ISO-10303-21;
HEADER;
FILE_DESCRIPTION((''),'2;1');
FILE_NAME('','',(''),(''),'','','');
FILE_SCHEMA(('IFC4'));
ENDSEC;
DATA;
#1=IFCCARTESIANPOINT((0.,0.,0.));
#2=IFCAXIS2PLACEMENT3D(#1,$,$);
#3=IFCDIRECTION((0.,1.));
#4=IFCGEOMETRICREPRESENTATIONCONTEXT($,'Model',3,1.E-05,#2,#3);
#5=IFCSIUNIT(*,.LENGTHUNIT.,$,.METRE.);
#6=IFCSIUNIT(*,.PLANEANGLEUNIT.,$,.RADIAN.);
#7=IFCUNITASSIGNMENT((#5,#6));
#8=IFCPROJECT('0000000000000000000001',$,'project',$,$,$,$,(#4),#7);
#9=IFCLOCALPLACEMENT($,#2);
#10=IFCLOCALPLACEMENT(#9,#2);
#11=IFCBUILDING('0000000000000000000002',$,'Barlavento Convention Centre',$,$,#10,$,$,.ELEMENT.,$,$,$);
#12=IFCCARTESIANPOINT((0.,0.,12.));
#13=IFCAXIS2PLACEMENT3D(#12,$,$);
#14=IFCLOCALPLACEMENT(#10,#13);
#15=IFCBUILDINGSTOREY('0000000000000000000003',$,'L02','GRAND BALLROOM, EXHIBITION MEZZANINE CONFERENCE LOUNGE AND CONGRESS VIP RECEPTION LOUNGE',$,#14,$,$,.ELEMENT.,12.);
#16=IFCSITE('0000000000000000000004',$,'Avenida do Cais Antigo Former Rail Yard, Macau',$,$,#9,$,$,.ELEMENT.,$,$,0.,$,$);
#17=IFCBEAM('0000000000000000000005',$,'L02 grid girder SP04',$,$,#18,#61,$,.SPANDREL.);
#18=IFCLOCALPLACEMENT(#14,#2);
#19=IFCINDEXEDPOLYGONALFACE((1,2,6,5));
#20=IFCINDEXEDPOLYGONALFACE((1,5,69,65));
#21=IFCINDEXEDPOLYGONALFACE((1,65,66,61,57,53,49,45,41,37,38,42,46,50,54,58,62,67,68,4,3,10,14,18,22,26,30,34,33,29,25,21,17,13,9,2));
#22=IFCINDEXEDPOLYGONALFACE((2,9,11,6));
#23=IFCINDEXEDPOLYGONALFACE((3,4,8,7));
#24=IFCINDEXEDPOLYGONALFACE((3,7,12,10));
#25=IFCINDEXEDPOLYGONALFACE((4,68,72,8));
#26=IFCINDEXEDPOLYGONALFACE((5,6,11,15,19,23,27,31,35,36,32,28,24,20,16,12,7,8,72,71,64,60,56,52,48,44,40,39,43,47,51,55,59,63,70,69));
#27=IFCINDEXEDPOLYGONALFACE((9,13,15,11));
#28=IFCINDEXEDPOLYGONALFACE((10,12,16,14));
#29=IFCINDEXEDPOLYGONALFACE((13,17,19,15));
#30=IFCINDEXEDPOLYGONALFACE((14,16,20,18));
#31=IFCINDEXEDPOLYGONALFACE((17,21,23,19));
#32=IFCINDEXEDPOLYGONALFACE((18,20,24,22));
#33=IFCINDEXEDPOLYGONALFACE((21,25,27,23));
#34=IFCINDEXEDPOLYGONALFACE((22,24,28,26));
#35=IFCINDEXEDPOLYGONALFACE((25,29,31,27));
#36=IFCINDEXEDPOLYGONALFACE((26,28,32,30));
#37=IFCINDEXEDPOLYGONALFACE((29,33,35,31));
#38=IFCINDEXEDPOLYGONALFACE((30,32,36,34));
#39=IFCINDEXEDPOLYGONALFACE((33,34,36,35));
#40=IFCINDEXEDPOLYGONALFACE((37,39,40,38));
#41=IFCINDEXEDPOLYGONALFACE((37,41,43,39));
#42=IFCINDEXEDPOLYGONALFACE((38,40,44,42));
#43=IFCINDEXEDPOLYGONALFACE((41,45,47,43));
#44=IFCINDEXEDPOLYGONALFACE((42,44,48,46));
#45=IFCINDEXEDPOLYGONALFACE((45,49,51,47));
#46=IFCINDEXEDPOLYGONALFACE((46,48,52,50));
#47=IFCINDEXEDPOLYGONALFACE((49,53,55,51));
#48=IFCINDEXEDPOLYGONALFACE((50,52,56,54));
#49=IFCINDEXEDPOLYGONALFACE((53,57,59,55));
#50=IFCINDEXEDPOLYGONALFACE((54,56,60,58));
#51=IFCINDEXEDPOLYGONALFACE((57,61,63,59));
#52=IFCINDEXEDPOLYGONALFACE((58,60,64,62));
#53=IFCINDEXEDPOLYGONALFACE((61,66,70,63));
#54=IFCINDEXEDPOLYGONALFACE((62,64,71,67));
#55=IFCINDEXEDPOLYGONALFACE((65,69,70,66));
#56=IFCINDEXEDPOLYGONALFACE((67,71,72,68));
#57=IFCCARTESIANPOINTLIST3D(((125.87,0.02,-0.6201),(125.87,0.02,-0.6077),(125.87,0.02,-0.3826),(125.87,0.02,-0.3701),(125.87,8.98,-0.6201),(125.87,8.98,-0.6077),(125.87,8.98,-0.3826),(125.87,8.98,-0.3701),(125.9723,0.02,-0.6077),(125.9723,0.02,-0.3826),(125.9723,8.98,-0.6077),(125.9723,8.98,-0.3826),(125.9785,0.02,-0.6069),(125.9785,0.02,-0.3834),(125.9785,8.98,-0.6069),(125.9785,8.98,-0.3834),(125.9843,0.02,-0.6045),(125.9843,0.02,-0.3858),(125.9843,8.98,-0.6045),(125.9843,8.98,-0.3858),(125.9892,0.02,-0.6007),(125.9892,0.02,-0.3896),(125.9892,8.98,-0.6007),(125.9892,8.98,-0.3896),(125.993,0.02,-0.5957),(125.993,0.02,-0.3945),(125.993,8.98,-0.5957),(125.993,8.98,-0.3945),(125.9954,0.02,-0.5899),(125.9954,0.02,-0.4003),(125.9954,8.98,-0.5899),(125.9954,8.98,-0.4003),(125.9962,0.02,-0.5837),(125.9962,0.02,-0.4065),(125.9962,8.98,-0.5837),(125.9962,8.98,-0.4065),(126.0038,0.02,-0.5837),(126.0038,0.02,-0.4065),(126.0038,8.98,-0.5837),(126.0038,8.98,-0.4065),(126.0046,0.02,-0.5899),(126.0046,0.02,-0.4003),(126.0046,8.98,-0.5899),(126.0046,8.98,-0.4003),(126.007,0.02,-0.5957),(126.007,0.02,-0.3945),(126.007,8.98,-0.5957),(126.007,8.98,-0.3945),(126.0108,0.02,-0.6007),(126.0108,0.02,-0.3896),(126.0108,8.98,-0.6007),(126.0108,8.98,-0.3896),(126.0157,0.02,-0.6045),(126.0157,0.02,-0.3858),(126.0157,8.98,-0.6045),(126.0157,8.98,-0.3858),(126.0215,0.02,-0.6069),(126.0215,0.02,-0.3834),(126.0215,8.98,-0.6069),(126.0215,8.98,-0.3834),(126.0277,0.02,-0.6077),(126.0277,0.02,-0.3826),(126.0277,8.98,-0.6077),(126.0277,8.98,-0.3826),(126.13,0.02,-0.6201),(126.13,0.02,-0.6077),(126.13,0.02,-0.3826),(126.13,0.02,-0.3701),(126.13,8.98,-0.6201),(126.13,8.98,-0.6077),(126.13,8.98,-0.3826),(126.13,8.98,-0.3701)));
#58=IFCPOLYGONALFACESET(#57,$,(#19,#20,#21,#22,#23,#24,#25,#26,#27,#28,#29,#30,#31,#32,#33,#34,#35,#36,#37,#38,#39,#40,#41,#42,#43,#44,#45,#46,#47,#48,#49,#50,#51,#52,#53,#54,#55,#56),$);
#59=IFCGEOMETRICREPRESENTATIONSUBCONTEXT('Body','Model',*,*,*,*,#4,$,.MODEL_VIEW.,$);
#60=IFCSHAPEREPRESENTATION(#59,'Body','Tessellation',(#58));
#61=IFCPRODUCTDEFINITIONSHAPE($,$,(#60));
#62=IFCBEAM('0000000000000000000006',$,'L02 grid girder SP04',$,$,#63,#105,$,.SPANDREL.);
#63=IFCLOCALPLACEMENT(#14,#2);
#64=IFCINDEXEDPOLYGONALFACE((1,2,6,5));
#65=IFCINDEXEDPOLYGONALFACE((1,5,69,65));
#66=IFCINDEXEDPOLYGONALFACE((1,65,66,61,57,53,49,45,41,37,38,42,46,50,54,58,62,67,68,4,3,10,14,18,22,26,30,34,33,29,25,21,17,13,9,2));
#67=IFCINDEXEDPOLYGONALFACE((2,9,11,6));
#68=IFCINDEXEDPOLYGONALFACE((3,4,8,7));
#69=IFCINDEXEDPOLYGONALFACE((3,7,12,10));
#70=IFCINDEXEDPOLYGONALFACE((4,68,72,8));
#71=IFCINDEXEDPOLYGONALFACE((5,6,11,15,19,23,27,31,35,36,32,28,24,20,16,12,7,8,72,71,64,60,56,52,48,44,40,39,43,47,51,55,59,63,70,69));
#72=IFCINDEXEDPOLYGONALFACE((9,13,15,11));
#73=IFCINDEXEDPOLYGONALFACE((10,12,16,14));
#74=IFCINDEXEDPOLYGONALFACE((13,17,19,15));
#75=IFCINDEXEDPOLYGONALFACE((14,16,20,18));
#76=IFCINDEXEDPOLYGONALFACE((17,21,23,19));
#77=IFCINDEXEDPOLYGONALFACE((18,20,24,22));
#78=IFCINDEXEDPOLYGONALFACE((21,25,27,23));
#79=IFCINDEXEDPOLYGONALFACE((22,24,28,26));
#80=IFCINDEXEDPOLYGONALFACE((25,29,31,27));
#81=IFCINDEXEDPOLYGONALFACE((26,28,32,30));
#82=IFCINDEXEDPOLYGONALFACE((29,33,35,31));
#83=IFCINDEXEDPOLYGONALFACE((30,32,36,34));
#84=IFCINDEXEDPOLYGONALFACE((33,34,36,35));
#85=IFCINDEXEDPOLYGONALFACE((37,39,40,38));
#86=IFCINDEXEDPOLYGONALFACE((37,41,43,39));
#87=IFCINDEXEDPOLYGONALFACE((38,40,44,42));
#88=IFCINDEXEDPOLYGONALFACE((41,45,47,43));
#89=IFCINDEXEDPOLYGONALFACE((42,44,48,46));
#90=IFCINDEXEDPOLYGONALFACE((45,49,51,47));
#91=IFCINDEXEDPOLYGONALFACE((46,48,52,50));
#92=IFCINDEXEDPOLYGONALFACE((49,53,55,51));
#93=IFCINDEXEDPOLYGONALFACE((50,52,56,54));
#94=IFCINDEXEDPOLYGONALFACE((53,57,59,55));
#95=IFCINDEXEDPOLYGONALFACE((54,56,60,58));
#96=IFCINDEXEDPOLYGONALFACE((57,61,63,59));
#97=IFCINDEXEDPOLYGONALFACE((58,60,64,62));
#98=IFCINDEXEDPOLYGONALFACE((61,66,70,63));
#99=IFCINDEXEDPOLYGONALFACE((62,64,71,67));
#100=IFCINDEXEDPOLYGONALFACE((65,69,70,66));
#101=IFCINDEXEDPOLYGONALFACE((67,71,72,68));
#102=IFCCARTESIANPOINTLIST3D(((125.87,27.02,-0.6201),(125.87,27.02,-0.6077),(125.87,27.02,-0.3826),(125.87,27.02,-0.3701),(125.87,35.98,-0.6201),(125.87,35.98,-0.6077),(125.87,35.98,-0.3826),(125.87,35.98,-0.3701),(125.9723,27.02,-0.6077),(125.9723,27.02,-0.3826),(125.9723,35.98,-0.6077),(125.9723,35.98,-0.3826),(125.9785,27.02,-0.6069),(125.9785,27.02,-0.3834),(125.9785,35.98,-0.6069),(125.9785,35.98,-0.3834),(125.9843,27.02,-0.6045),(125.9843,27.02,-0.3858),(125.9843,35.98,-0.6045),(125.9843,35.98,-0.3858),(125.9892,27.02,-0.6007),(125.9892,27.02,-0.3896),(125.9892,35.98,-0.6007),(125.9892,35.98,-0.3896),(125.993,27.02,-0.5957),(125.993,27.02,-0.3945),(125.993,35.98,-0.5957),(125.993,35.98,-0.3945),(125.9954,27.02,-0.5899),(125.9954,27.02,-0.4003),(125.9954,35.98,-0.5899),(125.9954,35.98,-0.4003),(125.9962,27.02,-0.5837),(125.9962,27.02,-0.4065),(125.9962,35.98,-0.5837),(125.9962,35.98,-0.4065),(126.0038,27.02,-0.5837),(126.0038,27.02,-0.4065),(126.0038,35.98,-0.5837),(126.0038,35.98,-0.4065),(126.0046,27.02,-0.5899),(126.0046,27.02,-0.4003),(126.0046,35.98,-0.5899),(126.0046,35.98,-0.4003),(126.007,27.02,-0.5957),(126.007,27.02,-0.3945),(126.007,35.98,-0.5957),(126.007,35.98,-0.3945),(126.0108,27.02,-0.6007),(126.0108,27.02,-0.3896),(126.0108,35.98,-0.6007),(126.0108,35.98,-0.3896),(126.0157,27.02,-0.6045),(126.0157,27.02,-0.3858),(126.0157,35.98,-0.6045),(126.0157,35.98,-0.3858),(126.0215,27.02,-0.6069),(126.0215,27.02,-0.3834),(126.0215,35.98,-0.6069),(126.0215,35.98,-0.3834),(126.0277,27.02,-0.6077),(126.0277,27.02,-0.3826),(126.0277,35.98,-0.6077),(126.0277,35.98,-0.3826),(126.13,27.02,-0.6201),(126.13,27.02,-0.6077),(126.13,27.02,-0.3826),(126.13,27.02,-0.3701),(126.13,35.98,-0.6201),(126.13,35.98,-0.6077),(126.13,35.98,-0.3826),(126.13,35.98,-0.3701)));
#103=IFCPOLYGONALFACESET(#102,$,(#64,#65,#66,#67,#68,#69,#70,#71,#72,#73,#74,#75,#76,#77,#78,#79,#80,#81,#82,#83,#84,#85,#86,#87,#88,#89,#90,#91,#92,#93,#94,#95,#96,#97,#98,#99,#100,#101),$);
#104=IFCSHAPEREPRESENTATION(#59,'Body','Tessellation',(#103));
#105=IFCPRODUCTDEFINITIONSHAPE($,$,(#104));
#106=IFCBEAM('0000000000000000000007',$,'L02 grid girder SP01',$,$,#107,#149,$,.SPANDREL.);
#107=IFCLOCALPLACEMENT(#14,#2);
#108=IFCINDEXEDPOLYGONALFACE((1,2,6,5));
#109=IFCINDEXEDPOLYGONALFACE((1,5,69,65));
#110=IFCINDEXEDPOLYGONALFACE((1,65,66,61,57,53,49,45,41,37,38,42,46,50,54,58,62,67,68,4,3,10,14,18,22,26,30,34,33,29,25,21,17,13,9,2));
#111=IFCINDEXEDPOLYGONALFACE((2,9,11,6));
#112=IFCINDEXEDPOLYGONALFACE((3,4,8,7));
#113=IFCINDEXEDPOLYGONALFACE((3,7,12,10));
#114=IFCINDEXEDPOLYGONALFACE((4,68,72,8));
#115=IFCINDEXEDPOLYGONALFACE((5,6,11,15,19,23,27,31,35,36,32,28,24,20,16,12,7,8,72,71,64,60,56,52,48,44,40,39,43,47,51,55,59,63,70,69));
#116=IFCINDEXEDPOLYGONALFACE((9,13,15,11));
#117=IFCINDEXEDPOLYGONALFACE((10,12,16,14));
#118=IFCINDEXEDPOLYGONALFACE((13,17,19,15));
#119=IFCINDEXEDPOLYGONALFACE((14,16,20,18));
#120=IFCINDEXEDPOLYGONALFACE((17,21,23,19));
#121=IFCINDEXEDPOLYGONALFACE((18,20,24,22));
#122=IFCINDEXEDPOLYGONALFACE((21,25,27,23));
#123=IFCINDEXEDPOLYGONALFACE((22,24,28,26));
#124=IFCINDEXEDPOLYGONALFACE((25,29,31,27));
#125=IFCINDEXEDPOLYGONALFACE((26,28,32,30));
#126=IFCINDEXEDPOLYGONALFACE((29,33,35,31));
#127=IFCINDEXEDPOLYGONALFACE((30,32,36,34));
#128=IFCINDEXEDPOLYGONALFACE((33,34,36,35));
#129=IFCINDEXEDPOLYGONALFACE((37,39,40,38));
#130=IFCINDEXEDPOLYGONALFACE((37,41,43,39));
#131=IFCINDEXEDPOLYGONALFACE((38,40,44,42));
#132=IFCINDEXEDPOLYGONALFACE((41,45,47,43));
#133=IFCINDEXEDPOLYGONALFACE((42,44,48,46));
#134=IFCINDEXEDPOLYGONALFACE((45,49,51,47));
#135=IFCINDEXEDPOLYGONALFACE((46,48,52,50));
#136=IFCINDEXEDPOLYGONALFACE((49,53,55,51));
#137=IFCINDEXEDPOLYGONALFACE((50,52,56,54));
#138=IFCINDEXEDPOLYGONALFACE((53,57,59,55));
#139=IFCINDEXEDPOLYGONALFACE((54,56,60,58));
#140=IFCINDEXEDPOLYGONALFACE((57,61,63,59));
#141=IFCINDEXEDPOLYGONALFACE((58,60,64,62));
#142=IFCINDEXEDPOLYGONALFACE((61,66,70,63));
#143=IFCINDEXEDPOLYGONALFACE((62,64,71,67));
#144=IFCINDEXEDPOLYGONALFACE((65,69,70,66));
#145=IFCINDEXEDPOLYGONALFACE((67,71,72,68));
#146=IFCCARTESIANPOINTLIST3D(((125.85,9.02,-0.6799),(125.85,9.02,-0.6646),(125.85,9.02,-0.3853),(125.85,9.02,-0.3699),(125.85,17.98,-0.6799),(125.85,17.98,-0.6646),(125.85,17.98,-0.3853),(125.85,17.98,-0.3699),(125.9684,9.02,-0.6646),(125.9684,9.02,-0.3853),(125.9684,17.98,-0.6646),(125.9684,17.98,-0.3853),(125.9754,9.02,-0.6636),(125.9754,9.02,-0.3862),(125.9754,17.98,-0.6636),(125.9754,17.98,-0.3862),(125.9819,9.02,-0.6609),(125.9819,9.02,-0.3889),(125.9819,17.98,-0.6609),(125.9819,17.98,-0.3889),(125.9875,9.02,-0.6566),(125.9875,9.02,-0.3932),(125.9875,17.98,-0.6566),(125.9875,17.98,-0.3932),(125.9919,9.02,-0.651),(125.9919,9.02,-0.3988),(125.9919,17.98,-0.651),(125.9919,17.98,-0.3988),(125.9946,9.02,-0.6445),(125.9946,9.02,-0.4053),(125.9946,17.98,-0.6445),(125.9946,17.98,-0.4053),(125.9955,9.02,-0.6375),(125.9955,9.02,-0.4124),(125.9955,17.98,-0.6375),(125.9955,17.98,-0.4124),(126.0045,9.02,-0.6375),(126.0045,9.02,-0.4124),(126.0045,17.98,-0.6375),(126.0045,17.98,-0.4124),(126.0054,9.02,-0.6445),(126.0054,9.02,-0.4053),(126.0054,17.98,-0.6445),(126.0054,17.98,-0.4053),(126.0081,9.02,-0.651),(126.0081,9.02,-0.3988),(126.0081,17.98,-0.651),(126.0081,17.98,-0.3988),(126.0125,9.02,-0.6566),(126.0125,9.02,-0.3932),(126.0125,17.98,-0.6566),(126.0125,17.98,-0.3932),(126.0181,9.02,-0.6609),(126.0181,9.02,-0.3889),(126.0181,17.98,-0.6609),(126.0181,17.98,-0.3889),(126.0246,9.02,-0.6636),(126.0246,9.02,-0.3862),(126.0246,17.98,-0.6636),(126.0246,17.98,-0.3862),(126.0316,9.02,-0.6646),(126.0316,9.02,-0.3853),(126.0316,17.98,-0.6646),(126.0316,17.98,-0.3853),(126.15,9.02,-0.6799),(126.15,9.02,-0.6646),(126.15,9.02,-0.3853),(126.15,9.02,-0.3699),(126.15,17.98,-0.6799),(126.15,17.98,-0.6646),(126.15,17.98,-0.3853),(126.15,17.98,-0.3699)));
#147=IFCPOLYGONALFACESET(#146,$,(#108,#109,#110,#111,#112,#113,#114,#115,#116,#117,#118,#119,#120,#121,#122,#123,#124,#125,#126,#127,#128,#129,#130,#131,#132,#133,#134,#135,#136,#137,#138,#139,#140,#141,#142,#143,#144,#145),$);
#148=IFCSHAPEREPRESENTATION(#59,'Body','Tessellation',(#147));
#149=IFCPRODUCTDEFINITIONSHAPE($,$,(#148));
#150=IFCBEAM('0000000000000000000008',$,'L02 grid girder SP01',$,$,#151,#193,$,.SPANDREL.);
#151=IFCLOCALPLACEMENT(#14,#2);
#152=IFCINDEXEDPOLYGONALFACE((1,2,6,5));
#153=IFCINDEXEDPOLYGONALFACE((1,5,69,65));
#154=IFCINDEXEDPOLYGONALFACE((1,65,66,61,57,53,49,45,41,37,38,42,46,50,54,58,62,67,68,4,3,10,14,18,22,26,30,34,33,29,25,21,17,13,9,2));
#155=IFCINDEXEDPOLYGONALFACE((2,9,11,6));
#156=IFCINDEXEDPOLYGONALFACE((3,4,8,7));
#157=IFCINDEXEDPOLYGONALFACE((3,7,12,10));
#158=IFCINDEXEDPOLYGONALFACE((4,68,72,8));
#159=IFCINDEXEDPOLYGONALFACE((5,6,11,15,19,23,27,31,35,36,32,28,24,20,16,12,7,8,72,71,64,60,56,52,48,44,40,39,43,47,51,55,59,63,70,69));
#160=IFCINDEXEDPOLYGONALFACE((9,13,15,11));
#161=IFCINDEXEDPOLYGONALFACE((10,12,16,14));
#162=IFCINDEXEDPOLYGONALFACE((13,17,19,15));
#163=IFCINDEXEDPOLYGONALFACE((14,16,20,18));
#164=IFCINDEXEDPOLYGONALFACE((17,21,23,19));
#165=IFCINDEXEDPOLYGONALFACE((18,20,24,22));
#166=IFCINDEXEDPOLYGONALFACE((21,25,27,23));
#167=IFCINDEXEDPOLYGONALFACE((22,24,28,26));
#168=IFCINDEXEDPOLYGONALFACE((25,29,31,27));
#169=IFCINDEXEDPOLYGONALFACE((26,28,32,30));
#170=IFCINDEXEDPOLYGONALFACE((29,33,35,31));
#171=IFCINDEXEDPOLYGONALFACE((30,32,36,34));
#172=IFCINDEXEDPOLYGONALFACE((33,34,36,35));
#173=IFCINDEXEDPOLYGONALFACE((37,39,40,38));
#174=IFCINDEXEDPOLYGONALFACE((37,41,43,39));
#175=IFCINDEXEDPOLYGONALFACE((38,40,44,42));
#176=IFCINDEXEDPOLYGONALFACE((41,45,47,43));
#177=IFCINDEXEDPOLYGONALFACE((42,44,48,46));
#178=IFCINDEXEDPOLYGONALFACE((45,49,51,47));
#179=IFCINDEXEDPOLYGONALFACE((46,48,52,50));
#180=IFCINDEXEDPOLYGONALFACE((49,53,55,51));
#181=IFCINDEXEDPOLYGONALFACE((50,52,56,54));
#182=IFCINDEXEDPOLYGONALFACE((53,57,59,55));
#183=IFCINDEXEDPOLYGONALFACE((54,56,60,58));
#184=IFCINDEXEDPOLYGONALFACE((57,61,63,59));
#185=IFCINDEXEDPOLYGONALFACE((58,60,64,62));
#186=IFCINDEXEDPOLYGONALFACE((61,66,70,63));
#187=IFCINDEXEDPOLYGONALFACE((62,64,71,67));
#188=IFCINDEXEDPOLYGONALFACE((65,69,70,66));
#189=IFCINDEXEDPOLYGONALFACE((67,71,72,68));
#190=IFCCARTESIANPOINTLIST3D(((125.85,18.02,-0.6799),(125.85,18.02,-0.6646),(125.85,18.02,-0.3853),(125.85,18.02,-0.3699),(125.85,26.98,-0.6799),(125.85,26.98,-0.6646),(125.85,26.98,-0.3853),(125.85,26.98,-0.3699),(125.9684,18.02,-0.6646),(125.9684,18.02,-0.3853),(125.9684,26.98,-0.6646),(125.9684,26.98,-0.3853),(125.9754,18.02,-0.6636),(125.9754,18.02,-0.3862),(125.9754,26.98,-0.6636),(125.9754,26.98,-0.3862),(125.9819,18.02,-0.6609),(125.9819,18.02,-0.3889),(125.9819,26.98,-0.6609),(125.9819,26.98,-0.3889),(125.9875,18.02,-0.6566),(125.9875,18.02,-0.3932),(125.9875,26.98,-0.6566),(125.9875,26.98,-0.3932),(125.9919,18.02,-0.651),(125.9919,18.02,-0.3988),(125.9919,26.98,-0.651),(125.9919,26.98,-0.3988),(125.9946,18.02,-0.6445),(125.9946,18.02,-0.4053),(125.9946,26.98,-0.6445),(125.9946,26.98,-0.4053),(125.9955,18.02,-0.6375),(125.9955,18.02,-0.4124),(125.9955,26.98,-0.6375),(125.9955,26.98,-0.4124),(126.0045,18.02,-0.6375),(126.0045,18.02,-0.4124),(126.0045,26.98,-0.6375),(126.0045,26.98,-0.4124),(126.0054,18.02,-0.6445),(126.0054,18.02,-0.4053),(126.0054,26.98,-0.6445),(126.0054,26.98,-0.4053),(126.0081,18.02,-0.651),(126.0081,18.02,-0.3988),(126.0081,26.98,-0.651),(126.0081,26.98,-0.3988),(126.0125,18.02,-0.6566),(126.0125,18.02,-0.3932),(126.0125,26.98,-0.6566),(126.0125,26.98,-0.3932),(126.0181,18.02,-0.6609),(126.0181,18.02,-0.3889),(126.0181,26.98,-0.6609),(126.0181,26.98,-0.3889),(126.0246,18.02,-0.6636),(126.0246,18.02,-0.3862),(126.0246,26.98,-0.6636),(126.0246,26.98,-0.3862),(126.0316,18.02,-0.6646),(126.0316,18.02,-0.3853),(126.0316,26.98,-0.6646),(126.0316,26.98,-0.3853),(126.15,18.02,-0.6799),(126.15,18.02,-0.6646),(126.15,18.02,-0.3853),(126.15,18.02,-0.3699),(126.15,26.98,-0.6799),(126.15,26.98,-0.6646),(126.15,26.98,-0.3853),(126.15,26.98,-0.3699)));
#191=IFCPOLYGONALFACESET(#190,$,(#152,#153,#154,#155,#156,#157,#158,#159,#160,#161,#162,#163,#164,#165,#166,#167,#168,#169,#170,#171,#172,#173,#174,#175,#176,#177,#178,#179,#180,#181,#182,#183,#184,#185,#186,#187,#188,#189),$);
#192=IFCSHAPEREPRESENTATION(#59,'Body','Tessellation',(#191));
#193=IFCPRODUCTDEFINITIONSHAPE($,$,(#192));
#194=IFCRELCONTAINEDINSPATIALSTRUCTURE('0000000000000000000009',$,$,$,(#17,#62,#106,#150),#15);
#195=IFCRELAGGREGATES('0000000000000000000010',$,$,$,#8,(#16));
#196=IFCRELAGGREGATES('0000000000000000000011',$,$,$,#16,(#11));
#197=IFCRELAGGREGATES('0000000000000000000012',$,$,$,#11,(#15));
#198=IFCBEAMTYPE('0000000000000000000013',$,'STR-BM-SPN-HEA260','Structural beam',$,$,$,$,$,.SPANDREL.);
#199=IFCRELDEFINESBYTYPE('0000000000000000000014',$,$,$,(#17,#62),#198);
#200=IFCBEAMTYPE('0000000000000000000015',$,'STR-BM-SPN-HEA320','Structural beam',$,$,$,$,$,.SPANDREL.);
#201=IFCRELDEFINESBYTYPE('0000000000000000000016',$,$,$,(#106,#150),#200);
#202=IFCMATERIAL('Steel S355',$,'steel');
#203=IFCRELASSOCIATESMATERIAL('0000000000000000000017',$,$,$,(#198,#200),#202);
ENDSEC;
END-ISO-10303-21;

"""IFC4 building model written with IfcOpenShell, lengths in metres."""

from ifc_helpers import new_model, si_unit, direction, frame, origin, origin_2d, place, context, subcontext, project, spatial, i_section, extrude, material, material_profile, profile_set, type_object, element, save


model = new_model("IFC4")

# Units and contexts
model_context = context("Model", 3, precision=1e-05, world=origin(), true_north=direction((0.0, 1.0)))
body_context = subcontext(model_context, "Body", "Model", "MODEL_VIEW")
ifc_project = project(units=[si_unit("LENGTHUNIT", "METRE"), si_unit("PLANEANGLEUNIT", "RADIAN")], contexts=[model_context])

# Site, building, storey
site_placement = place(None, origin())
site = spatial("IfcSite", under=ifc_project, at=site_placement, Name="Avenida do Cais Antigo Former Rail Yard, Macau", CompositionType="ELEMENT", RefElevation=0.0)
building_placement = place(site_placement, origin())
building = spatial("IfcBuilding", under=site, at=building_placement, Name="Barlavento Convention Centre", CompositionType="ELEMENT")
storey_placement = place(building_placement, frame((0.0, 0.0, 12.0)))
storey = spatial("IfcBuildingStorey", under=building, at=storey_placement, Name="L02", Description="GRAND BALLROOM, EXHIBITION MEZZANINE CONFERENCE LOUNGE AND CONGRESS VIP RECEPTION LOUNGE", CompositionType="ELEMENT", Elevation=12.0)

# Shared definitions
ifc_material_1 = material(Name="Steel S355", Category="steel")

# Beams
ifc_material_profile_1 = material_profile(ifc_material_1, i_section(OverallWidth=0.26, OverallDepth=0.25, WebThickness=0.0076, FlangeThickness=0.0125, FilletRadius=0.0239, at=origin_2d()), Name="HEA 260")
ifc_profile_set_1 = profile_set([ifc_material_profile_1], Name="Steel S355")
beam_type_1 = type_object("IfcBeamType", Name="STR-BM-SPN-HEA260", Description="Structural beam", PredefinedType="SPANDREL", material=ifc_profile_set_1)
for number, where, z_axis, x_axis, name in (
    (1, (126.0, 0.02, -0.4951), (0.0, 1.0, 0.0), (-1.0, 0.0, 0.0), "L02 grid girder SP04"),
    (2, (126.0, 27.02, -0.4951), (0.0, 1.0, 0.0), (-1.0, 0.0, 0.0), "L02 grid girder SP04"),
):
    element("IfcBeam", number, at=place(storey_placement, frame(where, z_axis=z_axis, x_axis=x_axis)), inside=storey, type_object=beam_type_1, Name=name, PredefinedType="SPANDREL", context=body_context, shape_type="SweptSolid", body=[
        extrude(i_section(OverallWidth=0.26, OverallDepth=0.25, WebThickness=0.0076, FlangeThickness=0.0125, FilletRadius=0.0239, at=origin_2d()), origin(), (0.0, 0.0, 1.0), 8.96),
    ])
ifc_material_profile_2 = material_profile(ifc_material_1, i_section(OverallWidth=0.3, OverallDepth=0.3101, WebThickness=0.009, FlangeThickness=0.0154, FilletRadius=0.0271, at=origin_2d()), Name="HEA 320")
ifc_profile_set_2 = profile_set([ifc_material_profile_2], Name="Steel S355")
beam_type_2 = type_object("IfcBeamType", Name="STR-BM-SPN-HEA320", Description="Structural beam", PredefinedType="SPANDREL", material=ifc_profile_set_2)
for number, where, z_axis, x_axis, name in (
    (3, (126.0, 9.02, -0.5249), (0.0, 1.0, 0.0), (-1.0, 0.0, 0.0), "L02 grid girder SP01"),
    (4, (126.0, 18.02, -0.5249), (0.0, 1.0, 0.0), (-1.0, 0.0, 0.0), "L02 grid girder SP01"),
):
    element("IfcBeam", number, at=place(storey_placement, frame(where, z_axis=z_axis, x_axis=x_axis)), inside=storey, type_object=beam_type_2, Name=name, PredefinedType="SPANDREL", context=body_context, shape_type="SweptSolid", body=[
        extrude(i_section(OverallWidth=0.3, OverallDepth=0.3101, WebThickness=0.009, FlangeThickness=0.0154, FilletRadius=0.0271, at=origin_2d()), origin(), (0.0, 0.0, 1.0), 8.96),
    ])

save(model, "model.ifc")
